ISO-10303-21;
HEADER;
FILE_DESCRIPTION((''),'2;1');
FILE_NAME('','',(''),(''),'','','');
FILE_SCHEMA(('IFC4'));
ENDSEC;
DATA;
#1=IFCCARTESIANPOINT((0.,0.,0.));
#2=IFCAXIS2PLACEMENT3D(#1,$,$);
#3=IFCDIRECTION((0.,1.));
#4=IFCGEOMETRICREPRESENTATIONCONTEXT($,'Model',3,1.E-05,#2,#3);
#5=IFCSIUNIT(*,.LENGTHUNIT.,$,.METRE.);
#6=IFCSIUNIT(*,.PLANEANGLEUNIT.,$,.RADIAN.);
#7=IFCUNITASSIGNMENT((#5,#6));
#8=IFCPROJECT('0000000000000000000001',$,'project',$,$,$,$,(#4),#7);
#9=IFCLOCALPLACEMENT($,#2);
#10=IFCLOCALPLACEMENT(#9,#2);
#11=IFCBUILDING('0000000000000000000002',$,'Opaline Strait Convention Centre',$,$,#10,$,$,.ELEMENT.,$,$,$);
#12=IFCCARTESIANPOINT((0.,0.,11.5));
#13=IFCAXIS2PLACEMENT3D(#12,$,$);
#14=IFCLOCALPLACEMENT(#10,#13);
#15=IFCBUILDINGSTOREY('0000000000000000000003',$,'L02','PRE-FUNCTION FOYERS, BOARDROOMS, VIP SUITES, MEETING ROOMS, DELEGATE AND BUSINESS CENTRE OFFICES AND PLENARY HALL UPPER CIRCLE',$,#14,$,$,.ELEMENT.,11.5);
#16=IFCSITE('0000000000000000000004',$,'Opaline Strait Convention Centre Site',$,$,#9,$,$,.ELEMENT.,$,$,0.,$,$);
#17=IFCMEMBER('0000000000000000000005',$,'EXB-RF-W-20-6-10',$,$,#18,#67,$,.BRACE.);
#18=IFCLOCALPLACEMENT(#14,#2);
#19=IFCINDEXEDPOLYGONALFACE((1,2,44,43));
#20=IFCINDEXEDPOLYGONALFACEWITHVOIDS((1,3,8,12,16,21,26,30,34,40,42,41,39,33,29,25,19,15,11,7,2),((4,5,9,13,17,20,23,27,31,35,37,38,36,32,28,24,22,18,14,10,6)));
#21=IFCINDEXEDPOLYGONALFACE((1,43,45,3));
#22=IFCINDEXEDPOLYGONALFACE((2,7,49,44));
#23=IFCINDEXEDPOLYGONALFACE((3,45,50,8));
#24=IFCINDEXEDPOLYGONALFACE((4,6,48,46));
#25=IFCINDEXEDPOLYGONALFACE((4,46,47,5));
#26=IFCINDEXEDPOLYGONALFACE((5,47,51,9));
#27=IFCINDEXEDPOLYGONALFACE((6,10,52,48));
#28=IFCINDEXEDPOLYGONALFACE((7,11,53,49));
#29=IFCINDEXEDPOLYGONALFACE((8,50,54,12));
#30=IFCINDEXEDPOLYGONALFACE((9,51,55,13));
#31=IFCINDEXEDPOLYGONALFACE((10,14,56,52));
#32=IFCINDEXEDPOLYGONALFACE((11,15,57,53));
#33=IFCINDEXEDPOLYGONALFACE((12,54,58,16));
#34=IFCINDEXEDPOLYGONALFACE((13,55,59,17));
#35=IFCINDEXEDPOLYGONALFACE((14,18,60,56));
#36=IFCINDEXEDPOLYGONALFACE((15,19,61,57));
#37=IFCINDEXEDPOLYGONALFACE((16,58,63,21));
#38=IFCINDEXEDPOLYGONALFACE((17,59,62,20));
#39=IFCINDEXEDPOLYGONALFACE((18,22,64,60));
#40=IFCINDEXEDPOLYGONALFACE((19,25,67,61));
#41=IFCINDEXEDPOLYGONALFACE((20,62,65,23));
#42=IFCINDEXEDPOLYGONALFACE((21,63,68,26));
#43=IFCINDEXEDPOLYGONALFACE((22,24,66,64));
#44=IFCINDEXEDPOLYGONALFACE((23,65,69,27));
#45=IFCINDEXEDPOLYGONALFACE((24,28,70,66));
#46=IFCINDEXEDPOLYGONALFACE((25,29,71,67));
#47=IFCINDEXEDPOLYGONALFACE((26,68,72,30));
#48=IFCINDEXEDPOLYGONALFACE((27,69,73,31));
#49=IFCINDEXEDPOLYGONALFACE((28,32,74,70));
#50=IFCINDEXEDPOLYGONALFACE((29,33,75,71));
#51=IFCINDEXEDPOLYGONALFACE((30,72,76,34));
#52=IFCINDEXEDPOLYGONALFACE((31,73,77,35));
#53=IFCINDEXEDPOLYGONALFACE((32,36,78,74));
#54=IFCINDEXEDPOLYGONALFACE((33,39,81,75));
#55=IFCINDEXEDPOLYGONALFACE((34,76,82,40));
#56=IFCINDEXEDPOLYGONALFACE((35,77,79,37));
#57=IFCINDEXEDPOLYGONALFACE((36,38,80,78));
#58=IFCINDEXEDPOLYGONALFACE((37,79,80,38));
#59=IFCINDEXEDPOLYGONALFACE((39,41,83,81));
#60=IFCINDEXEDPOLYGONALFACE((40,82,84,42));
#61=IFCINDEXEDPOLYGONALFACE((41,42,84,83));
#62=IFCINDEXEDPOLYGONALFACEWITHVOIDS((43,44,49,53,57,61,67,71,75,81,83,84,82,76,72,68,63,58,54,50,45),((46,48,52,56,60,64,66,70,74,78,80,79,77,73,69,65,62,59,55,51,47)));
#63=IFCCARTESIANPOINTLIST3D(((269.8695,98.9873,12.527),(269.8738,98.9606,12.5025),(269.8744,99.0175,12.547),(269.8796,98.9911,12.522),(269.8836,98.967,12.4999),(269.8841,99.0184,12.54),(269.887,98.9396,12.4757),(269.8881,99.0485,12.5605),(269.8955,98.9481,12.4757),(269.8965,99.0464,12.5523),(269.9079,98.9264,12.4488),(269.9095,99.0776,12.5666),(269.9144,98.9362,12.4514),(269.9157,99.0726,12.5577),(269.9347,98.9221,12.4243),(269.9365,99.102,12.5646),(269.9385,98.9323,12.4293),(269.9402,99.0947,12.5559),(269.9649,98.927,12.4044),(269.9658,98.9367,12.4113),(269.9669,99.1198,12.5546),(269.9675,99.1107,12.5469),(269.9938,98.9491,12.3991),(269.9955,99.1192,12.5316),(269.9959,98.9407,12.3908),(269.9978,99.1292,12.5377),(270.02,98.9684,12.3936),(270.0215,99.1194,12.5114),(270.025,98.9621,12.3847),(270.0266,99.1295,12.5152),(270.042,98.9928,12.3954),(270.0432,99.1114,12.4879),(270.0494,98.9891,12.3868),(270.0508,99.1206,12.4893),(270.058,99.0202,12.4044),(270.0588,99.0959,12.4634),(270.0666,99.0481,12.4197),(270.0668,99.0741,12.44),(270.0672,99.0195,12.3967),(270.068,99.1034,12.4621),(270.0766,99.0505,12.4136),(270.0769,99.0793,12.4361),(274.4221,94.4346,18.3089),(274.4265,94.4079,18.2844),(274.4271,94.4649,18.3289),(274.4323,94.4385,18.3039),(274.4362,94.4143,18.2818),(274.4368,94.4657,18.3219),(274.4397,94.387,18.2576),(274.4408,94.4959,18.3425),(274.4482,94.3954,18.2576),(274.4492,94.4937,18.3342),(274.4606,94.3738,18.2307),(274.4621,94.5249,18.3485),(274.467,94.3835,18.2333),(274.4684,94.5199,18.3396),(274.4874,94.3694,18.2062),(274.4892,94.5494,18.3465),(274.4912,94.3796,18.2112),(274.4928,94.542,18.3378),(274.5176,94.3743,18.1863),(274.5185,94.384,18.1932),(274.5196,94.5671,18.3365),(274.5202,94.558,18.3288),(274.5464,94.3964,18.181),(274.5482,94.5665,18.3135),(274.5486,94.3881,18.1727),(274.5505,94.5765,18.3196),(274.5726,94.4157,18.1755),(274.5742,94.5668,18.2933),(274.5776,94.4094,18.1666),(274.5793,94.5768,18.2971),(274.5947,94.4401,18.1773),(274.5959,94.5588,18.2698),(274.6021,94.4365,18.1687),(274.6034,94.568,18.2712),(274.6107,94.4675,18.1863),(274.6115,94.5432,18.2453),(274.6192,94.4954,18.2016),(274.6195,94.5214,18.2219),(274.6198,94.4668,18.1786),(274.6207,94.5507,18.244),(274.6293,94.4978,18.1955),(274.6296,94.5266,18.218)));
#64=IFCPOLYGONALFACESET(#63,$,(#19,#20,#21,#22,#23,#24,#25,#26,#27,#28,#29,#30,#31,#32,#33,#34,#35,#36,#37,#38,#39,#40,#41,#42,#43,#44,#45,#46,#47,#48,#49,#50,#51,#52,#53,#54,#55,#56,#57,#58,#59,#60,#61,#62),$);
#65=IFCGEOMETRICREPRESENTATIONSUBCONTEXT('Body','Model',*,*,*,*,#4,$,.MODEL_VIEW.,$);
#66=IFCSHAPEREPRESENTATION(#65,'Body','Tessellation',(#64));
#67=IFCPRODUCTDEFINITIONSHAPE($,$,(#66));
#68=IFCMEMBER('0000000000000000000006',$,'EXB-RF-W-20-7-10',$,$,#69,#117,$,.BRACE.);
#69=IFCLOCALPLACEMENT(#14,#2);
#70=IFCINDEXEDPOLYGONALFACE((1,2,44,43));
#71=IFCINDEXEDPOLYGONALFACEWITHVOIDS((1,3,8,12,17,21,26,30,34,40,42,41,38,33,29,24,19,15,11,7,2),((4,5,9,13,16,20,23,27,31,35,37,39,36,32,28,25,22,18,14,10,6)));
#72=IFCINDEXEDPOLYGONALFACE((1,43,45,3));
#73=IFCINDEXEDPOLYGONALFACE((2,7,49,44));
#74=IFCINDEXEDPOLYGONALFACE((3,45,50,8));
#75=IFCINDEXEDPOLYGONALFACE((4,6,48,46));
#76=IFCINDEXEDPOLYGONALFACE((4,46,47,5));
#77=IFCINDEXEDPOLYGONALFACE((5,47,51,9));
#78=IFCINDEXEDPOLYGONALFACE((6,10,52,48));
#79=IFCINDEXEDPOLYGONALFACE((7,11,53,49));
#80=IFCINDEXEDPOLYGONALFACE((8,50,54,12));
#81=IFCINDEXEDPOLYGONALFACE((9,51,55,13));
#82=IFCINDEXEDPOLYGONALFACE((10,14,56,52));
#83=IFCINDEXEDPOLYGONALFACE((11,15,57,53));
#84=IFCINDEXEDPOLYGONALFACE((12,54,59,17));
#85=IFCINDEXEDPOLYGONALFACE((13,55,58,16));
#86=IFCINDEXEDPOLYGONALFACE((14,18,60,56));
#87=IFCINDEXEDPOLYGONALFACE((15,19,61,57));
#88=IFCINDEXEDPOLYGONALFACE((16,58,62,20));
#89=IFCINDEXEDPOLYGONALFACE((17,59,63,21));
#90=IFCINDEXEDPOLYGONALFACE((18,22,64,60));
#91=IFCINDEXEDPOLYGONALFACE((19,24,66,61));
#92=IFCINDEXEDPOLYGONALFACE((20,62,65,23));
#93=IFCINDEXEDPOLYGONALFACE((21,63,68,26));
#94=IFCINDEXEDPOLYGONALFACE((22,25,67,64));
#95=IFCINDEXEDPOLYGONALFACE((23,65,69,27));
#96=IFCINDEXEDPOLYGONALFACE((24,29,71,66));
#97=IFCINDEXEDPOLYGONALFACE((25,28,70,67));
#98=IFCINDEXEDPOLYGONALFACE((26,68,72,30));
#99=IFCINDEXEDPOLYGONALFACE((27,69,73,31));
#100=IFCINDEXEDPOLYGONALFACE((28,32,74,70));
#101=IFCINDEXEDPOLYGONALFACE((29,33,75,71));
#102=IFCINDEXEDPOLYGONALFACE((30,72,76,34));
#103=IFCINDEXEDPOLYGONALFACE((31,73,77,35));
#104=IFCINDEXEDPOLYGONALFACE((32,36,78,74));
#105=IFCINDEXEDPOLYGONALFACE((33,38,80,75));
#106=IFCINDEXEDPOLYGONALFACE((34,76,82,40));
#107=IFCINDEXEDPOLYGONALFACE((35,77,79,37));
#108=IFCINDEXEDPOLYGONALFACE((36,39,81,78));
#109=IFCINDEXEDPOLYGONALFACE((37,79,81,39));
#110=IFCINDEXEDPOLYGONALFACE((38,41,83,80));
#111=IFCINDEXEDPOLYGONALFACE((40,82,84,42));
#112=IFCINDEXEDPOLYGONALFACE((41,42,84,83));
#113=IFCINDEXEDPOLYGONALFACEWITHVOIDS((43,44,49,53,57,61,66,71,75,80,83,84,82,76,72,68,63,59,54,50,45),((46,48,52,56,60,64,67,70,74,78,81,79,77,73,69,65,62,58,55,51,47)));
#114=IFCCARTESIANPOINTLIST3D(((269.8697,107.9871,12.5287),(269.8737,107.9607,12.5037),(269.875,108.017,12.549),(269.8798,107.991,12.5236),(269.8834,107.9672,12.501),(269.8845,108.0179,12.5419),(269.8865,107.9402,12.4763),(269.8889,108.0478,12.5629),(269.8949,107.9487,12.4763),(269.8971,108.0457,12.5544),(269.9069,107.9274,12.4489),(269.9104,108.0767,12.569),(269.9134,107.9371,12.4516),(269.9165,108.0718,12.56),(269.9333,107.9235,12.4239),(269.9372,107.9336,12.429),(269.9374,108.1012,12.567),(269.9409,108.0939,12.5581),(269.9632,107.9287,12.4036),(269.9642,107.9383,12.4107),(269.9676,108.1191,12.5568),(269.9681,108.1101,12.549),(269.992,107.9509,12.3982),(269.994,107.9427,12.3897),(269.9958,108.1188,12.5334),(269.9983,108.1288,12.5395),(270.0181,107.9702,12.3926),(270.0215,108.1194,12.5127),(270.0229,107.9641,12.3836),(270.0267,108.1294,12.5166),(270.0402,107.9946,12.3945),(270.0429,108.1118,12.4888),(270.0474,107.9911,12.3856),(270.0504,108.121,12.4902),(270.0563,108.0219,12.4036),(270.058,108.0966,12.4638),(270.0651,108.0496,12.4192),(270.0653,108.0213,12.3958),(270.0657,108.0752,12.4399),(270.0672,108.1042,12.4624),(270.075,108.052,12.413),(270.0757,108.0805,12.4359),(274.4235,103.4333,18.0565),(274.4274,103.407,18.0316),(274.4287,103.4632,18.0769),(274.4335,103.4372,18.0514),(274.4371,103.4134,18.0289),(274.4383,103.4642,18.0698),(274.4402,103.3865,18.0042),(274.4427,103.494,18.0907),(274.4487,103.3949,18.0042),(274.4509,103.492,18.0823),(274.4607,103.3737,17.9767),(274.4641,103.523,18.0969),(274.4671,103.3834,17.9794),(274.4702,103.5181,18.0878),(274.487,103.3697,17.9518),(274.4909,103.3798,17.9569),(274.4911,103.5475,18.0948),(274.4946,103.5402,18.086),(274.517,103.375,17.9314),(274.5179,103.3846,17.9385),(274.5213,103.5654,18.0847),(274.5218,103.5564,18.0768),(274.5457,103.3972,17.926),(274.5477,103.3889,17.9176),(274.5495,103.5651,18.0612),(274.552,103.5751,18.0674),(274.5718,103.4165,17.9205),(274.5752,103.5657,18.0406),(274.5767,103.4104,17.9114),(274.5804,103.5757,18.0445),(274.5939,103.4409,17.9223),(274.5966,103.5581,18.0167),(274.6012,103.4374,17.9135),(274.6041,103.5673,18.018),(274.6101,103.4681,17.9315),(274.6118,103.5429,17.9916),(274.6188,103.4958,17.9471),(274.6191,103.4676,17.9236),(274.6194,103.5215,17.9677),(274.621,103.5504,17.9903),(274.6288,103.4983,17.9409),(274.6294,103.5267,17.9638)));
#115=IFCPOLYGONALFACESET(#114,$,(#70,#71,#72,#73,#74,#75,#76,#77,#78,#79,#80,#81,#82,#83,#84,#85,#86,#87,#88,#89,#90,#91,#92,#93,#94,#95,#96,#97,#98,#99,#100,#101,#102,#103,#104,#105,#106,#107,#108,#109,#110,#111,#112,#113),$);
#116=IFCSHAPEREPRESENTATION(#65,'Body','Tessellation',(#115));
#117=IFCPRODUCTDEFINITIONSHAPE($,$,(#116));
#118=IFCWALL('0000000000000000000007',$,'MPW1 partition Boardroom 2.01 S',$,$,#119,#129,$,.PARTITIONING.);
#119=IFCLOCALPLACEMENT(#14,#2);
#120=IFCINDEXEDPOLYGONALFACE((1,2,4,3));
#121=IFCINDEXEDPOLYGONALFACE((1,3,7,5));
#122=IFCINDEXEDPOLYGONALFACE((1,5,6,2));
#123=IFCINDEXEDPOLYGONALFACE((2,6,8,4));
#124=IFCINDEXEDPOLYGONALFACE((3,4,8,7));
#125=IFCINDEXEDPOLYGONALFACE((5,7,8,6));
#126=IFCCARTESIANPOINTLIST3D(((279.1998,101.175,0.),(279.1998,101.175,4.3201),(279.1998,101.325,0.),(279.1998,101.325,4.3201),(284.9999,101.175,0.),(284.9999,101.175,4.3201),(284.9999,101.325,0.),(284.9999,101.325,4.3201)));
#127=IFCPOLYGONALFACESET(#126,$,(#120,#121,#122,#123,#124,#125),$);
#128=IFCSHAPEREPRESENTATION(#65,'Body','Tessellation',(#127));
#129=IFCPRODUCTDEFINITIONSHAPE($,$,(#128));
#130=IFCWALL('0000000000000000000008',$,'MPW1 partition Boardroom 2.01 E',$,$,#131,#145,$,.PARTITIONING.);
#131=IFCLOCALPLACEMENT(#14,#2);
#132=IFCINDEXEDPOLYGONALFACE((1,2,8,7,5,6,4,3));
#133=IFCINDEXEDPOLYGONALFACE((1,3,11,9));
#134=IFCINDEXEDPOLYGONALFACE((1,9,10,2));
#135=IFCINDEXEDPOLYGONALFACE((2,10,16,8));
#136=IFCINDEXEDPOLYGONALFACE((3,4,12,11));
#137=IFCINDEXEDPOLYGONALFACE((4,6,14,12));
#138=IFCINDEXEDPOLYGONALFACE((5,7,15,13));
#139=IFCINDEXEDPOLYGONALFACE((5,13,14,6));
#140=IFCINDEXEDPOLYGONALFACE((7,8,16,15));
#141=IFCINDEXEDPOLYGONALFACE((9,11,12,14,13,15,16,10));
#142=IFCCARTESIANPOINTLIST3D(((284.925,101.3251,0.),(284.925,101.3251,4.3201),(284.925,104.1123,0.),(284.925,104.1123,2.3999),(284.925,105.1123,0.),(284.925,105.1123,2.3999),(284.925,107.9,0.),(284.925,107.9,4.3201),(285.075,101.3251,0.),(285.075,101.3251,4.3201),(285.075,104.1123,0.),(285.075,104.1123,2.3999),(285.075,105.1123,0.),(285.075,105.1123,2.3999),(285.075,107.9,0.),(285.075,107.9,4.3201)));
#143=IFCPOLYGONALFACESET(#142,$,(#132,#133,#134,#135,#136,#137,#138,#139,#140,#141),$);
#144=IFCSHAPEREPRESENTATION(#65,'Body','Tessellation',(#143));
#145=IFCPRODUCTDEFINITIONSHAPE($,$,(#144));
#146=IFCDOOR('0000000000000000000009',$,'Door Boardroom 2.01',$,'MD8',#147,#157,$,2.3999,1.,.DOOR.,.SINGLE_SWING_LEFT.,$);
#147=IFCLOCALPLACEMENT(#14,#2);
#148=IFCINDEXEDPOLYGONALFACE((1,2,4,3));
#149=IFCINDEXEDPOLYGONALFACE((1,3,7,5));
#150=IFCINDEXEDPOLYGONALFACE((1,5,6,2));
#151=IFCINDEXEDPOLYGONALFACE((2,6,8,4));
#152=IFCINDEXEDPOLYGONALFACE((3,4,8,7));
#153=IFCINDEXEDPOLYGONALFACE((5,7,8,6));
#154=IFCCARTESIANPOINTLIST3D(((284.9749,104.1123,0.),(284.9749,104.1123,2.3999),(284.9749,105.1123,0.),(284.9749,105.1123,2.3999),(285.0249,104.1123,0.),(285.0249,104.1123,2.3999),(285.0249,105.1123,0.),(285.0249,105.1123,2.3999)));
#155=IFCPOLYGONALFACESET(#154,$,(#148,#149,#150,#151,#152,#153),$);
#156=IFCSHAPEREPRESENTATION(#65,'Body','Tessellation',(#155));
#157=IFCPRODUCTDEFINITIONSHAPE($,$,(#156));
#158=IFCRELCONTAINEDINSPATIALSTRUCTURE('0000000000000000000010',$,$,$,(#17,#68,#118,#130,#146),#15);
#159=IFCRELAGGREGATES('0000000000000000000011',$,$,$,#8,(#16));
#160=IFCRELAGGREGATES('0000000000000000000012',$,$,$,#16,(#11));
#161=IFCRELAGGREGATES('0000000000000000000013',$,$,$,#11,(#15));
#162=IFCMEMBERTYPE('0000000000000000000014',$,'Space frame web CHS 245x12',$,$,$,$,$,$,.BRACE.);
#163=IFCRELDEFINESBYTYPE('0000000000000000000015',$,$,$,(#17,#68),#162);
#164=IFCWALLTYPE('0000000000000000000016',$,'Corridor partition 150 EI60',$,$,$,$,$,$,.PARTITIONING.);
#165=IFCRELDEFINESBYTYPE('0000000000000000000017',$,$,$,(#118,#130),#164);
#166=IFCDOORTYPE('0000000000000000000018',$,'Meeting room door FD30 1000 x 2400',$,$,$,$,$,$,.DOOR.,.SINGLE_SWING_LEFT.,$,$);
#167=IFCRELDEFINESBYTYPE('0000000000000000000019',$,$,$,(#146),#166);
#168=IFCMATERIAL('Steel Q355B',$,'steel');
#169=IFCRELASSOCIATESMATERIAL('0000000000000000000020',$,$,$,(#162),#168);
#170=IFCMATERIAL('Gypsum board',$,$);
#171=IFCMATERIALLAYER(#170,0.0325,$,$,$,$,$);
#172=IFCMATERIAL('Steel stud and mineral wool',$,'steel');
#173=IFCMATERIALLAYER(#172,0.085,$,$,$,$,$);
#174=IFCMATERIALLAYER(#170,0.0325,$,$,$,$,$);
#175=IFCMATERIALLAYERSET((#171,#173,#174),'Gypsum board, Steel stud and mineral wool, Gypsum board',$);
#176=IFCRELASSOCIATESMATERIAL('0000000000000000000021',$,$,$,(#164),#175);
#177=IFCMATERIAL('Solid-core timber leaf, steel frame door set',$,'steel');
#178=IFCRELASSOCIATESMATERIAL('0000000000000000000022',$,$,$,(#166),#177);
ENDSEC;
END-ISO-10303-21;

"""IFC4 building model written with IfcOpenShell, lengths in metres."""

from ifc_helpers import new_model, si_unit, direction, frame, frame_2d, origin, origin_2d, place, context, subcontext, project, spatial, rectangle, hollow_circle, extrude, material, layer, layer_set, material_profile, profile_set, type_object, element, fill, save


model = new_model("IFC4")

# Units and contexts
model_context = context("Model", 3, precision=1e-05, world=origin(), true_north=direction((0.0, 1.0)))
body_context = subcontext(model_context, "Body", "Model", "MODEL_VIEW")
ifc_project = project(units=[si_unit("LENGTHUNIT", "METRE"), si_unit("PLANEANGLEUNIT", "RADIAN")], contexts=[model_context])

# Site, building, storey
site_placement = place(None, origin())
site = spatial("IfcSite", under=ifc_project, at=site_placement, Name="Opaline Strait Convention Centre Site", CompositionType="ELEMENT", RefElevation=0.0)
building_placement = place(site_placement, origin())
building = spatial("IfcBuilding", under=site, at=building_placement, Name="Opaline Strait Convention Centre", CompositionType="ELEMENT")
storey_placement = place(building_placement, frame((0.0, 0.0, 11.5)))
storey = spatial("IfcBuildingStorey", under=building, at=storey_placement, Name="L02", Description="PRE-FUNCTION FOYERS, BOARDROOMS, VIP SUITES, MEETING ROOMS, DELEGATE AND BUSINESS CENTRE OFFICES AND PLENARY HALL UPPER CIRCLE", CompositionType="ELEMENT", Elevation=11.5)

# Members
ifc_material_1 = material(Name="Steel Q355B", Category="steel")
ifc_material_profile_1 = material_profile(ifc_material_1, hollow_circle(Radius=0.1226, WallThickness=0.012, at=origin_2d()), Name="CHS 245x12")
ifc_profile_set_1 = profile_set([ifc_material_profile_1], Name="Steel Q355B")
member_type_1 = type_object("IfcMemberType", Name="Space frame web CHS 245x12", PredefinedType="BRACE", material=ifc_profile_set_1)
member_1_placement = place(storey_placement, frame((274.5264, 94.4736, 18.2576), z_axis=(-0.526104, 0.526104, -0.668153), x_axis=(-0.707107, -0.707107, 0.0)))
element("IfcMember", 1, at=member_1_placement, inside=storey, type_object=member_type_1, Name="EXB-RF-W-20-6-10", PredefinedType="BRACE", context=body_context, shape_type="SweptSolid", body=[
    extrude(hollow_circle(Radius=0.1226, WallThickness=0.012, at=origin_2d()), origin(), (0.0, 0.0, 1.0), 8.6536),
])
member_2_placement = place(storey_placement, frame((274.5269, 103.4731, 18.0042), z_axis=(-0.53655, 0.53655, -0.651328), x_axis=(-0.707107, -0.707107, 0.0)))
element("IfcMember", 2, at=member_2_placement, inside=storey, type_object=member_type_1, Name="EXB-RF-W-20-7-10", PredefinedType="BRACE", context=body_context, shape_type="SweptSolid", body=[
    extrude(hollow_circle(Radius=0.1226, WallThickness=0.012, at=origin_2d()), origin(), (0.0, 0.0, 1.0), 8.4871),
])

# Wall
ifc_material_2 = material(Name="Gypsum board")
ifc_layer_1 = layer(ifc_material_2, 0.0325)
ifc_material_3 = material(Name="Steel stud and mineral wool", Category="steel")
ifc_layer_2 = layer(ifc_material_3, 0.085)
ifc_layer_3 = layer(ifc_material_2, 0.0325)
ifc_layer_set_1 = layer_set([ifc_layer_1, ifc_layer_2, ifc_layer_3], Name="Gypsum board, Steel stud and mineral wool, Gypsum board")
wall_type_1 = type_object("IfcWallType", Name="Corridor partition 150 EI60", PredefinedType="PARTITIONING", material=ifc_layer_set_1)
wall_1_placement = place(storey_placement, frame((279.2, 101.25, 0.0), z_axis=(0.0, 0.0, 1.0), x_axis=(1.0, 0.0, 0.0)))
element("IfcWall", 3, at=wall_1_placement, inside=storey, type_object=wall_type_1, Name="MPW1 partition Boardroom 2.01 S", PredefinedType="PARTITIONING", context=body_context, shape_type="SweptSolid", body=[
    extrude(rectangle(XDim=5.8, YDim=0.1499, at=frame_2d((2.8999, 0.0))), origin(), (0.0, 0.0, 1.0), 4.3201),
])

# Wall, opening, door
wall_2_placement = place(storey_placement, frame((285.0, 101.325, 0.0), z_axis=(0.0, 0.0, 1.0), x_axis=(0.0, 1.0, 0.0)))
wall_2 = element("IfcWall", 4, at=wall_2_placement, inside=storey, type_object=wall_type_1, Name="MPW1 partition Boardroom 2.01 E", PredefinedType="PARTITIONING", context=body_context, shape_type="SweptSolid", body=[
    extrude(rectangle(XDim=6.575, YDim=0.1499, at=frame_2d((3.2876, 0.0))), origin(), (0.0, 0.0, 1.0), 4.3201),
])
opening_1_placement = place(wall_2_placement, frame((2.7874, 0.0, 0.0)))
opening_1 = element("IfcOpeningElement", 5, at=opening_1_placement, cuts=wall_2, PredefinedType="OPENING", context=body_context, shape_type="SweptSolid", body=[
    extrude(rectangle(XDim=1.0, YDim=2.3999, at=frame_2d((0.5, 1.2))), frame((0.0, 0.085, 0.0), z_axis=(0.0, -1.0, 0.0), x_axis=(1.0, 0.0, 0.0)), (0.0, 0.0, 1.0), 0.1699),
])
ifc_material_4 = material(Name="Solid-core timber leaf, steel frame door set", Category="steel")
door_type = type_object("IfcDoorType", Name="Meeting room door FD30 1000 x 2400", OperationType="SINGLE_SWING_LEFT", PredefinedType="DOOR", material=ifc_material_4)
door_placement = place(opening_1_placement, frame((1.0, 0.0, 0.0), z_axis=(0.0, 0.0, 1.0), x_axis=(-1.0, 0.0, 0.0)))
door = element("IfcDoor", 6, at=door_placement, inside=storey, type_object=door_type, Name="Door Boardroom 2.01", ObjectType="MD8", OperationType="SINGLE_SWING_LEFT", OverallHeight=2.3999, OverallWidth=1.0, PredefinedType="DOOR", context=body_context, shape_type="SweptSolid", body=[
    extrude(rectangle(XDim=1.0, YDim=2.3999, at=frame_2d((0.5, 1.2))), frame((0.0, 0.0249, 0.0), z_axis=(0.0, -1.0, 0.0), x_axis=(1.0, 0.0, 0.0)), (0.0, 0.0, 1.0), 0.05),
])
fill(opening_1, door)

save(model, "model.ifc")
